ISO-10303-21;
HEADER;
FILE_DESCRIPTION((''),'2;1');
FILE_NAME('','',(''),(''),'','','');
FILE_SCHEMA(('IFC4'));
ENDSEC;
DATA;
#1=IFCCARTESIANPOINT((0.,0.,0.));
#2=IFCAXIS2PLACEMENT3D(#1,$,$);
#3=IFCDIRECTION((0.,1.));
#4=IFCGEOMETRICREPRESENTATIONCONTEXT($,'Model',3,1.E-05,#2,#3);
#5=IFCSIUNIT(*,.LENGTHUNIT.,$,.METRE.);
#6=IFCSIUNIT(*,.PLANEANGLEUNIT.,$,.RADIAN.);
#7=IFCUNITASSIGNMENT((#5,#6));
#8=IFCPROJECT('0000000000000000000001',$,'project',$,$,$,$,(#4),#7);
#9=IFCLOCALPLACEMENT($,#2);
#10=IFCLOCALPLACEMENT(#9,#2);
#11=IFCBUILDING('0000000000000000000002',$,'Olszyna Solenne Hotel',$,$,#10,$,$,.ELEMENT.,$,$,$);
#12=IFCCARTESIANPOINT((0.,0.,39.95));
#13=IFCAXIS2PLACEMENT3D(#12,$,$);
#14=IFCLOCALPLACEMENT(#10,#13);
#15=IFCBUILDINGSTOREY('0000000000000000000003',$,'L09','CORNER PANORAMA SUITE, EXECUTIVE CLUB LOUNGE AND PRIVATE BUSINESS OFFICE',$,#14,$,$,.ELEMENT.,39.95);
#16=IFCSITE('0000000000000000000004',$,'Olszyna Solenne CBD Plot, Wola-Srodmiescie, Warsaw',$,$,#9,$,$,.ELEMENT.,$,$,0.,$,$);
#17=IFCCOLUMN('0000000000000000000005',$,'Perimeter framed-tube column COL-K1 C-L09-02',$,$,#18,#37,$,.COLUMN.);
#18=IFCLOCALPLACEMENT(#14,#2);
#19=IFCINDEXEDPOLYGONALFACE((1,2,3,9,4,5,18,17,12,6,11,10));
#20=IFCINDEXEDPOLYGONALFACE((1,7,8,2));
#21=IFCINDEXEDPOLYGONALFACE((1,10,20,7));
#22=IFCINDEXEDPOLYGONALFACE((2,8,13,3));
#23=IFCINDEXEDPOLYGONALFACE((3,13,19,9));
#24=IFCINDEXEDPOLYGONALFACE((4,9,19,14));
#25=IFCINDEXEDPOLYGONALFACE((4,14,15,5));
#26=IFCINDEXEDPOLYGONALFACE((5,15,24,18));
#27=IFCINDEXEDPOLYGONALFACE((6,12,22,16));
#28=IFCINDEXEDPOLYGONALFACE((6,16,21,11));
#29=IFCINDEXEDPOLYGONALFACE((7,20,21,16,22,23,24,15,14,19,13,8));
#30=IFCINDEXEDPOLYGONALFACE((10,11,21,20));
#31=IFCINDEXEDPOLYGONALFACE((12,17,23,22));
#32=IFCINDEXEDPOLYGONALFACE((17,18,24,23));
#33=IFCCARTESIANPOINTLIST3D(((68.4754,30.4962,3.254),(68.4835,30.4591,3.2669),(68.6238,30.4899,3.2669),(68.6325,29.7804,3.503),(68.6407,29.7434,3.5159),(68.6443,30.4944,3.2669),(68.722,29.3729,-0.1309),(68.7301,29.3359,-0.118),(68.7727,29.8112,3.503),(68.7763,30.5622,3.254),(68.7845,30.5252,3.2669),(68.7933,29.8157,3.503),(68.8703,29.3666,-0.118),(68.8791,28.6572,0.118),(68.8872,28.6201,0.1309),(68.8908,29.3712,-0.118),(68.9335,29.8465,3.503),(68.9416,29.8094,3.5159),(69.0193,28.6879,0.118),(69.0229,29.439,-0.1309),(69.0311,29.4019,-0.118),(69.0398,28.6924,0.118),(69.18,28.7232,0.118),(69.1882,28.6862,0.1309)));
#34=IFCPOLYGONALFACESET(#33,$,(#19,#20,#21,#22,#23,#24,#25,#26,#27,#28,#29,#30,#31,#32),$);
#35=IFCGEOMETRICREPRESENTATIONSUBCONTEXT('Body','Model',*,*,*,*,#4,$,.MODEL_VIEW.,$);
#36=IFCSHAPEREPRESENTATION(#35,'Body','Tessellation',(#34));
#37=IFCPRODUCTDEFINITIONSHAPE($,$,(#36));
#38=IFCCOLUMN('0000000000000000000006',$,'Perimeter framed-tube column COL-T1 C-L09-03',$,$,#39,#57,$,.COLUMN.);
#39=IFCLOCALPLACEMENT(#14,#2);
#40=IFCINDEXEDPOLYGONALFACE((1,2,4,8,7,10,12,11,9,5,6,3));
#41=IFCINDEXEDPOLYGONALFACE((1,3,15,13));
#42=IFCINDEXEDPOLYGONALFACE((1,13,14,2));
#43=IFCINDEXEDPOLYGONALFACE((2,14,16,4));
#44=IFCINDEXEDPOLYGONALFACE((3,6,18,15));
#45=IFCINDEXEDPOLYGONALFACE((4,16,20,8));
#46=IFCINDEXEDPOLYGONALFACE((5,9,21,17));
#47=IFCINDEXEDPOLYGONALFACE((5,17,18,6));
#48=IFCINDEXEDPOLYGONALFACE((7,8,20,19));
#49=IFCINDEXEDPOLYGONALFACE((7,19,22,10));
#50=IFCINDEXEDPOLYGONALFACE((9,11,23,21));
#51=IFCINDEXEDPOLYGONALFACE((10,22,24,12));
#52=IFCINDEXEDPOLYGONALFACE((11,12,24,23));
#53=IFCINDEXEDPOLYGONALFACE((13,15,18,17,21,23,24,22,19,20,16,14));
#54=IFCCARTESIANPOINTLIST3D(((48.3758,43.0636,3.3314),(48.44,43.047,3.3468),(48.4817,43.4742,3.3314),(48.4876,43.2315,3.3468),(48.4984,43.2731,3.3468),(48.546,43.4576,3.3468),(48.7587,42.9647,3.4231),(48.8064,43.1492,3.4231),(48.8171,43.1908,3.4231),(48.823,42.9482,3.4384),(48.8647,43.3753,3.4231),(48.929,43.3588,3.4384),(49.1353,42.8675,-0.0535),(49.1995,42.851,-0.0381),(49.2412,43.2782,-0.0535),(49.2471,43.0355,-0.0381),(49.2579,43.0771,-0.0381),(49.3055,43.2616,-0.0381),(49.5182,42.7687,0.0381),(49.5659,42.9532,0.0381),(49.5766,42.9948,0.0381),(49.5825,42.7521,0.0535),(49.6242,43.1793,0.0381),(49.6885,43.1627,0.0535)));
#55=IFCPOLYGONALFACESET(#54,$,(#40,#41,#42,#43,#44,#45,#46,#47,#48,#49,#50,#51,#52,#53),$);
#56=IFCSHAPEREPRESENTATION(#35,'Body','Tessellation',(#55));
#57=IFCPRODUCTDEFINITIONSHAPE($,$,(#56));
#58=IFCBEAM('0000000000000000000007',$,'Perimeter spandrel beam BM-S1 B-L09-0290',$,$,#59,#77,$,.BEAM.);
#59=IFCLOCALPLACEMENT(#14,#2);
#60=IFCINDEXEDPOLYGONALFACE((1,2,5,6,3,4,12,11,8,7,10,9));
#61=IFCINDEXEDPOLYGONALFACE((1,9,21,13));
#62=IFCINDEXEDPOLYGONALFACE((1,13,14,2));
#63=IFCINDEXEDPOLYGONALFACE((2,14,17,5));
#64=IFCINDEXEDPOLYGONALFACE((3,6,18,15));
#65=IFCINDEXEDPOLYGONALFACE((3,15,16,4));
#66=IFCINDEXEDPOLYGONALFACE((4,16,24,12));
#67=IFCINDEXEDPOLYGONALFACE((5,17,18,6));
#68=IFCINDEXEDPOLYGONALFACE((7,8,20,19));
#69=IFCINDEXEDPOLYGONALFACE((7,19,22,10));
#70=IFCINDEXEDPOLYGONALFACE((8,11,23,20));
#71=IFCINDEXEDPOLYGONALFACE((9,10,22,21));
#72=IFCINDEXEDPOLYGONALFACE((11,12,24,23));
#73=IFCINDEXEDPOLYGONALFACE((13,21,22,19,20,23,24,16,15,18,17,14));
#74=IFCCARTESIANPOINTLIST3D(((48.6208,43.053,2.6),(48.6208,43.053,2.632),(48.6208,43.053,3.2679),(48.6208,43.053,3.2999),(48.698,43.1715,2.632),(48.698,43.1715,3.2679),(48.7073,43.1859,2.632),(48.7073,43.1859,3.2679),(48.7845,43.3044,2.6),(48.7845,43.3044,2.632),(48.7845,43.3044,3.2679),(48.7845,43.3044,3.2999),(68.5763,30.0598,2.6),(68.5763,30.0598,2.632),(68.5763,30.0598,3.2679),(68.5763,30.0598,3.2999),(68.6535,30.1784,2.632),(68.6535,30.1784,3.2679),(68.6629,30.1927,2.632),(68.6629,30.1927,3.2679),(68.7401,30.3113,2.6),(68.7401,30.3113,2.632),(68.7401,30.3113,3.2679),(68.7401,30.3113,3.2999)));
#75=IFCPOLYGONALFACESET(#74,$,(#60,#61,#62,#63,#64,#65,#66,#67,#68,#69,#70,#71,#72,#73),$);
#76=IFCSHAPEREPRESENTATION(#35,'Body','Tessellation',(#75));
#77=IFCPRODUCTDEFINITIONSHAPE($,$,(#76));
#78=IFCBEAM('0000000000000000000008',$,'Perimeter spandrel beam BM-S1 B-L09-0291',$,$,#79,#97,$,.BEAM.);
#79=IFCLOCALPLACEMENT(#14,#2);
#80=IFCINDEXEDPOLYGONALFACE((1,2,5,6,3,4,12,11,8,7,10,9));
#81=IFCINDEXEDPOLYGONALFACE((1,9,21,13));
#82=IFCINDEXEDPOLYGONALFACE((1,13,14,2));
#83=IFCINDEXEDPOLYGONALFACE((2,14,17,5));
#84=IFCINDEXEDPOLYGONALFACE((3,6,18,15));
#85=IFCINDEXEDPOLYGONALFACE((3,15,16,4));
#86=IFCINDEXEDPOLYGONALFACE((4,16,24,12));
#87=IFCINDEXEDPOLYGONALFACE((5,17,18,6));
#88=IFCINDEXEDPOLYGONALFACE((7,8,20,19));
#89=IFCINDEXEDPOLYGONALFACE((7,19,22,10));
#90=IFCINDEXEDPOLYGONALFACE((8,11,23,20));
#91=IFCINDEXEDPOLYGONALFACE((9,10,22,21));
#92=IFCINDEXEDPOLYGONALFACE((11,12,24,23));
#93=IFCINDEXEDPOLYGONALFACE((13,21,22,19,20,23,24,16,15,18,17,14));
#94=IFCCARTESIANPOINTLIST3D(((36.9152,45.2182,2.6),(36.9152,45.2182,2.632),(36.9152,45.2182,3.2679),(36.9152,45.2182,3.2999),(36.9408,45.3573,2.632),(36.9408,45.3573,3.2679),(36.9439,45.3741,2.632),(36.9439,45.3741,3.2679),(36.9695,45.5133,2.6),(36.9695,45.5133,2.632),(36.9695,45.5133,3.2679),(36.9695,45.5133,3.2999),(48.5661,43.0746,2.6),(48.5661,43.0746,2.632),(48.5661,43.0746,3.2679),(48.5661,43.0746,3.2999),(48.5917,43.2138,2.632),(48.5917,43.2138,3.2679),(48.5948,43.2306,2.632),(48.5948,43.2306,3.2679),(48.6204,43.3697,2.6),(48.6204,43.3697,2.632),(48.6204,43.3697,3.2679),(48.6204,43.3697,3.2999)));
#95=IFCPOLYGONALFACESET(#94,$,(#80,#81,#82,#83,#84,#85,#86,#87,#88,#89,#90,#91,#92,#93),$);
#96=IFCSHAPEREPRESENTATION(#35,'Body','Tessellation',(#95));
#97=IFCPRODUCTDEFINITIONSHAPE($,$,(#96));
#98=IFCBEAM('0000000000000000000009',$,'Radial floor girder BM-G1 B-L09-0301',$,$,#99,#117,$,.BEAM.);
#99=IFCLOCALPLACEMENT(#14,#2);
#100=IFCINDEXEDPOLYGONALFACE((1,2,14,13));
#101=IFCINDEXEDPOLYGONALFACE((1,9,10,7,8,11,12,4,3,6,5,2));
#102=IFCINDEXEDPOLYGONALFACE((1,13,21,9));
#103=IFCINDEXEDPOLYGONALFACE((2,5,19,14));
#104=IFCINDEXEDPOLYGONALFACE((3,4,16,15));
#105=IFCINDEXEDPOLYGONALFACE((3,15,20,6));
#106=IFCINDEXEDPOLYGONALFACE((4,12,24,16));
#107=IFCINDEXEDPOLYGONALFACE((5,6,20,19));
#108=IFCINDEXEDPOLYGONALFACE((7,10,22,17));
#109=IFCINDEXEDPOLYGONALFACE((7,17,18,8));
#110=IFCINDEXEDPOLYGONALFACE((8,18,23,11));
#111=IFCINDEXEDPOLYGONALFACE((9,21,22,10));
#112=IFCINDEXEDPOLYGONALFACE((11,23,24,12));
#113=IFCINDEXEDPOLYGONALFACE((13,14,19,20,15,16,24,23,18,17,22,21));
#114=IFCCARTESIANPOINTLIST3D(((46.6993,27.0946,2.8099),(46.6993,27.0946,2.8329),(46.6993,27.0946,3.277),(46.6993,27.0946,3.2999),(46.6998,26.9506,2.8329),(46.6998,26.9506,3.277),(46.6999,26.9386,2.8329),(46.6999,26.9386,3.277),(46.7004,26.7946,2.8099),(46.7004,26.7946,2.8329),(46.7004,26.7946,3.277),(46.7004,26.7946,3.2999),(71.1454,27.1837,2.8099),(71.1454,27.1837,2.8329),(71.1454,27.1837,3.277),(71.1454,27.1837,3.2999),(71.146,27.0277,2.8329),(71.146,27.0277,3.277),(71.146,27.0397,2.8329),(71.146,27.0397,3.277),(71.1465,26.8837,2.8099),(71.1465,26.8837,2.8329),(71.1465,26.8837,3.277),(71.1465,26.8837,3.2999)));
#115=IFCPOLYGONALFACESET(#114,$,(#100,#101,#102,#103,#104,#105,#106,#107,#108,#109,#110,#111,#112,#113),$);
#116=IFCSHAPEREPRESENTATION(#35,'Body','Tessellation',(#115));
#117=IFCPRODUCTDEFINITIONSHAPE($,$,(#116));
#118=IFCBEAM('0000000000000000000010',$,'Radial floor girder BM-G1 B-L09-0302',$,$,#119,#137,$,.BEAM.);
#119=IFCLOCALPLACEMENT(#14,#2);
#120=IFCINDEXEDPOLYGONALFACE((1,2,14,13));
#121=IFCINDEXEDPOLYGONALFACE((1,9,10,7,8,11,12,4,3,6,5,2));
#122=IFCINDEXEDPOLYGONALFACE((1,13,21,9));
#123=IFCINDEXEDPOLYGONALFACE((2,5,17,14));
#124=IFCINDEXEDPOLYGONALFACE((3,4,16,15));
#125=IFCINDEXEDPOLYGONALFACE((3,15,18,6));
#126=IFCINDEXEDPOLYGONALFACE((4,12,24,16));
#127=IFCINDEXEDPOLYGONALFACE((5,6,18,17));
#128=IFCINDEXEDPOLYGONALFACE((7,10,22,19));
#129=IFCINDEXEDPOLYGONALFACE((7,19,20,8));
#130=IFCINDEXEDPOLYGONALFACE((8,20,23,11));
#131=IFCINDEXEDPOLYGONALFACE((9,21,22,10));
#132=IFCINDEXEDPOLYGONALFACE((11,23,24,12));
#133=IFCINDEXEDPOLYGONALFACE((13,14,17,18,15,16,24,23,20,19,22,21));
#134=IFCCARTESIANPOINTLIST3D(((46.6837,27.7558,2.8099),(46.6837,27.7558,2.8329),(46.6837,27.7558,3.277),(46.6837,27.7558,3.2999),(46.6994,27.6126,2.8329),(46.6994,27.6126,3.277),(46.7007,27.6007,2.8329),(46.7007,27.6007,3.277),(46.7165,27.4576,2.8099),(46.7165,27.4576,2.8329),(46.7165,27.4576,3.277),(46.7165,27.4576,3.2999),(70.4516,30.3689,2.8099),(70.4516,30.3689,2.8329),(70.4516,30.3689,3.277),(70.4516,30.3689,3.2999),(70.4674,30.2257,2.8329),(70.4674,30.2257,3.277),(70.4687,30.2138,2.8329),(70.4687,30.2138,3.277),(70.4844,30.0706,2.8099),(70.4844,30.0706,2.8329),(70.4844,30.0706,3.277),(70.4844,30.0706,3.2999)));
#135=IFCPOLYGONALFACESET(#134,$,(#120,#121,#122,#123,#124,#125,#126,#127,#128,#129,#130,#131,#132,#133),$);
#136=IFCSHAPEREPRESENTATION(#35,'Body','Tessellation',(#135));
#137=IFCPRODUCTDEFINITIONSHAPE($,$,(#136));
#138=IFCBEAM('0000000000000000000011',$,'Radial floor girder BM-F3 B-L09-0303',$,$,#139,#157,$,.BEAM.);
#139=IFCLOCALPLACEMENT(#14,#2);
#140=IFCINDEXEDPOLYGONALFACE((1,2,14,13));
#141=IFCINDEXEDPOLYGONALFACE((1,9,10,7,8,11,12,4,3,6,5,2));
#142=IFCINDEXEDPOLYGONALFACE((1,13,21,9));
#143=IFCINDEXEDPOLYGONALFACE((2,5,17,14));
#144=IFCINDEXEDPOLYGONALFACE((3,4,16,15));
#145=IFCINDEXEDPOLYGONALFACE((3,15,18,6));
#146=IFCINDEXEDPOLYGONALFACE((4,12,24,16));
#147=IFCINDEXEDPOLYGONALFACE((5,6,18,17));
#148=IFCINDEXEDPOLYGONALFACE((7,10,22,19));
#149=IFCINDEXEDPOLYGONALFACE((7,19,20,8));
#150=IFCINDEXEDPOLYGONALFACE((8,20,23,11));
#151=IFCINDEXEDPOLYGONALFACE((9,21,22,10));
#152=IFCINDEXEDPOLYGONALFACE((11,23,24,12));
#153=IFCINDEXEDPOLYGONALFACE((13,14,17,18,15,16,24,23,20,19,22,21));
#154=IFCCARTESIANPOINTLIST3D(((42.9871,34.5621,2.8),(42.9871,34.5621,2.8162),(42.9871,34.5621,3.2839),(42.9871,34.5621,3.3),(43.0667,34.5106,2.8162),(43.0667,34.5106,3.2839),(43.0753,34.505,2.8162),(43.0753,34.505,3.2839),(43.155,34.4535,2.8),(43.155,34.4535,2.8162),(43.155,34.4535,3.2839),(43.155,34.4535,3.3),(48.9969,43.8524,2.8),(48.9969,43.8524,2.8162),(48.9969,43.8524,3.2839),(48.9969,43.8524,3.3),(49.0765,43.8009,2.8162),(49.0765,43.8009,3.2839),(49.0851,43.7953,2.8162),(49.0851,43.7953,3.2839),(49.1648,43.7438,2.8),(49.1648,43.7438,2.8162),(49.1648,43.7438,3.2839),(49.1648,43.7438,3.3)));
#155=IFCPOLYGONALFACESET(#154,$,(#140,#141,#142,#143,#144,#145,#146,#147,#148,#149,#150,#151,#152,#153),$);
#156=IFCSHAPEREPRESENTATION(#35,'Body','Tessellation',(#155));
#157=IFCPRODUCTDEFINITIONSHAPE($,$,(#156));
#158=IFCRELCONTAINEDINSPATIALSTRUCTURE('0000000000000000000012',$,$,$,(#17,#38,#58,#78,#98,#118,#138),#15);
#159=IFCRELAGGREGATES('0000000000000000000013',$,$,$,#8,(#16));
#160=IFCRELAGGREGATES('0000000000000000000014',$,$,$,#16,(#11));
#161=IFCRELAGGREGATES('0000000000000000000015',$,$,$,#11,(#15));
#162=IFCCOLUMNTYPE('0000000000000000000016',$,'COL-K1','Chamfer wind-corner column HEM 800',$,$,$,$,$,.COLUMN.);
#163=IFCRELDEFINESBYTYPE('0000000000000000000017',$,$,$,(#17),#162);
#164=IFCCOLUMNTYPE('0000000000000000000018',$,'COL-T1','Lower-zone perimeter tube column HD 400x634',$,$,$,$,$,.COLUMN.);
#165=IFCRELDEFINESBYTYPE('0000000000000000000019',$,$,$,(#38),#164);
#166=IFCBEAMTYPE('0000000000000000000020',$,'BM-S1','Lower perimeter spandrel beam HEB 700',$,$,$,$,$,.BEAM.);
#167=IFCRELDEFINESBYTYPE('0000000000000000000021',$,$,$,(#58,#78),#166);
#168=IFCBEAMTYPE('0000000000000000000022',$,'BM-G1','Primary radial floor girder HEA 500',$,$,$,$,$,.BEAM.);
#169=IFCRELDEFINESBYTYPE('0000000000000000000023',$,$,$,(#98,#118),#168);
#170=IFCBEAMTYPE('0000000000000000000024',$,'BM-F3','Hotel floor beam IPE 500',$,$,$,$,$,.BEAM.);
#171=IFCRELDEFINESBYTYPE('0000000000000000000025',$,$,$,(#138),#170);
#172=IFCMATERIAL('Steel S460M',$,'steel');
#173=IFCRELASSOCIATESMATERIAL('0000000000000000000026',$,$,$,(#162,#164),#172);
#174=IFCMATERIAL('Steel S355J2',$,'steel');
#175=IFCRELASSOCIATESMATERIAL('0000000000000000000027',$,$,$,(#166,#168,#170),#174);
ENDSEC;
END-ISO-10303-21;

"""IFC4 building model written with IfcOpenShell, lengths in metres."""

from ifc_helpers import new_model, si_unit, direction, frame, origin, origin_2d, place, context, subcontext, project, spatial, i_section, extrude, source, transform, mapped, material, material_profile, profile_set, type_object, element, save


model = new_model("IFC4")

# Units and contexts
model_context = context("Model", 3, precision=1e-05, world=origin(), true_north=direction((0.0, 1.0)))
body_context = subcontext(model_context, "Body", "Model", "MODEL_VIEW")
ifc_project = project(units=[si_unit("LENGTHUNIT", "METRE"), si_unit("PLANEANGLEUNIT", "RADIAN")], contexts=[model_context])

# Site, building, storey
site_placement = place(None, origin())
site = spatial("IfcSite", under=ifc_project, at=site_placement, Name="Olszyna Solenne CBD Plot, Wola-Srodmiescie, Warsaw", CompositionType="ELEMENT", RefElevation=0.0)
building_placement = place(site_placement, origin())
building = spatial("IfcBuilding", under=site, at=building_placement, Name="Olszyna Solenne Hotel", CompositionType="ELEMENT")
storey_placement = place(building_placement, frame((0.0, 0.0, 39.95)))
storey = spatial("IfcBuildingStorey", under=building, at=storey_placement, Name="L09", Description="CORNER PANORAMA SUITE, EXECUTIVE CLUB LOUNGE AND PRIVATE BUSINESS OFFICE", CompositionType="ELEMENT", Elevation=39.95)

# Columns
ifc_material_1 = material(Name="Steel S460M", Category="steel")
ifc_material_profile_1 = material_profile(ifc_material_1, i_section(OverallWidth=0.3081, OverallDepth=0.814, WebThickness=0.021, FlangeThickness=0.04, at=origin_2d()), Name="HEM 800", Category="load-bearing")
ifc_profile_set_1 = profile_set([ifc_material_profile_1], Name="Steel S460M")
column_type_1 = type_object("IfcColumnType", Name="COL-K1", Description="Chamfer wind-corner column HEM 800", PredefinedType="COLUMN", material=ifc_profile_set_1)
shared_shape_1 = source(origin(), body_context, "Body", "SweptSolid", [
    extrude(i_section(OverallWidth=0.3081, OverallDepth=0.814, WebThickness=0.021, FlangeThickness=0.04, at=origin_2d()), origin(), (0.0, 0.0, 1.0), 3.575),
])
column_1_placement = place(storey_placement, frame((68.9551, 29.0295, 0.0), z_axis=(-0.068973, 0.314204, 0.946847), x_axis=(-0.976743, -0.214412, 0.0)))
element("IfcColumn", 1, at=column_1_placement, inside=storey, type_object=column_type_1, Name="Perimeter framed-tube column COL-K1 C-L09-02", PredefinedType="COLUMN", context=body_context, shape_type="MappedRepresentation", body=[
    mapped(shared_shape_1, transform((0.0, 0.0, 0.0), x_axis=(1.0, 0.0, 0.0), y_axis=(0.0, 1.0, 0.0), z_axis=(0.0, 0.0, 1.0), scale=1.0)),
])
ifc_material_profile_2 = material_profile(ifc_material_1, i_section(OverallWidth=0.4241, OverallDepth=0.4741, WebThickness=0.043, FlangeThickness=0.0681, at=origin_2d()), Name="HD 400x634", Category="load-bearing")
ifc_profile_set_2 = profile_set([ifc_material_profile_2], Name="Steel S460M")
column_type_2 = type_object("IfcColumnType", Name="COL-T1", Description="Lower-zone perimeter tube column HD 400x634", PredefinedType="COLUMN", material=ifc_profile_set_2)
shared_shape_2 = source(origin(), body_context, "Body", "SweptSolid", [
    extrude(i_section(OverallWidth=0.4241, OverallDepth=0.4741, WebThickness=0.043, FlangeThickness=0.0681, at=origin_2d()), origin(), (0.0, 0.0, 1.0), 3.4746),
])
column_2_placement = place(storey_placement, frame((49.4119, 43.0151, 0.0), z_axis=(-0.218586, 0.056421, 0.974185), x_axis=(-0.249925, -0.968265, 0.0)))
element("IfcColumn", 2, at=column_2_placement, inside=storey, type_object=column_type_2, Name="Perimeter framed-tube column COL-T1 C-L09-03", PredefinedType="COLUMN", context=body_context, shape_type="MappedRepresentation", body=[
    mapped(shared_shape_2, transform((0.0, 0.0, 0.0), x_axis=(1.0, 0.0, 0.0), y_axis=(0.0, 1.0, 0.0), z_axis=(0.0, 0.0, 1.0), scale=1.0)),
])

# Beams
ifc_material_2 = material(Name="Steel S355J2", Category="steel")
ifc_material_profile_3 = material_profile(ifc_material_2, i_section(OverallWidth=0.3, OverallDepth=0.7, WebThickness=0.0171, FlangeThickness=0.032, at=origin_2d()), Name="HEB 700", Category="load-bearing")
ifc_profile_set_3 = profile_set([ifc_material_profile_3], Name="Steel S355J2")
beam_type_1 = type_object("IfcBeamType", Name="BM-S1", Description="Lower perimeter spandrel beam HEB 700", PredefinedType="BEAM", material=ifc_profile_set_3)
shared_shape_3 = source(origin(), body_context, "Body", "SweptSolid", [
    extrude(i_section(OverallWidth=0.3, OverallDepth=0.7, WebThickness=0.0171, FlangeThickness=0.032, at=origin_2d()), origin(), (0.0, 0.0, 1.0), 23.8127),
])
beam_1_placement = place(storey_placement, frame((68.6582, 30.1855, 2.95), z_axis=(-0.83802, 0.545639, 0.0), x_axis=(-0.545639, -0.83802, 0.0)))
element("IfcBeam", 3, at=beam_1_placement, inside=storey, type_object=beam_type_1, Name="Perimeter spandrel beam BM-S1 B-L09-0290", PredefinedType="BEAM", context=body_context, shape_type="MappedRepresentation", body=[
    mapped(shared_shape_3, transform((0.0, 0.0, 0.0), x_axis=(1.0, 0.0, 0.0), y_axis=(0.0, 1.0, 0.0), z_axis=(0.0, 0.0, 1.0), scale=1.0)),
])
shared_shape_4 = source(origin(), body_context, "Body", "SweptSolid", [
    extrude(i_section(OverallWidth=0.3, OverallDepth=0.7, WebThickness=0.0171, FlangeThickness=0.032, at=origin_2d()), origin(), (0.0, 0.0, 1.0), 11.8464),
])
beam_2_placement = place(storey_placement, frame((48.5933, 43.2222, 2.95), z_axis=(-0.983493, 0.180945, 0.0), x_axis=(-0.180945, -0.983493, 0.0)))
element("IfcBeam", 4, at=beam_2_placement, inside=storey, type_object=beam_type_1, Name="Perimeter spandrel beam BM-S1 B-L09-0291", PredefinedType="BEAM", context=body_context, shape_type="MappedRepresentation", body=[
    mapped(shared_shape_4, transform((0.0, 0.0, 0.0), x_axis=(1.0, 0.0, 0.0), y_axis=(0.0, 1.0, 0.0), z_axis=(0.0, 0.0, 1.0), scale=1.0)),
])
ifc_material_profile_4 = material_profile(ifc_material_2, i_section(OverallWidth=0.3, OverallDepth=0.49, WebThickness=0.012, FlangeThickness=0.0229, at=origin_2d()), Name="HEA 500", Category="load-bearing")
ifc_profile_set_4 = profile_set([ifc_material_profile_4], Name="Steel S355J2")
beam_type_2 = type_object("IfcBeamType", Name="BM-G1", Description="Primary radial floor girder HEA 500", PredefinedType="BEAM", material=ifc_profile_set_4)
shared_shape_5 = source(origin(), body_context, "Body", "SweptSolid", [
    extrude(i_section(OverallWidth=0.3, OverallDepth=0.49, WebThickness=0.012, FlangeThickness=0.0229, at=origin_2d()), origin(), (0.0, 0.0, 1.0), 24.4463),
])
beam_3_placement = place(storey_placement, frame((71.146, 27.0337, 3.0549), z_axis=(-0.999993, -0.003645, 0.0), x_axis=(0.003645, -0.999993, 0.0)))
element("IfcBeam", 5, at=beam_3_placement, inside=storey, type_object=beam_type_2, Name="Radial floor girder BM-G1 B-L09-0301", PredefinedType="BEAM", context=body_context, shape_type="MappedRepresentation", body=[
    mapped(shared_shape_5, transform((0.0, 0.0, 0.0), x_axis=(1.0, 0.0, 0.0), y_axis=(0.0, 1.0, 0.0), z_axis=(0.0, 0.0, 1.0), scale=1.0)),
])
shared_shape_6 = source(origin(), body_context, "Body", "SweptSolid", [
    extrude(i_section(OverallWidth=0.3, OverallDepth=0.49, WebThickness=0.012, FlangeThickness=0.0229, at=origin_2d()), origin(), (0.0, 0.0, 1.0), 23.9111),
])
beam_4_placement = place(storey_placement, frame((70.468, 30.2197, 3.0549), z_axis=(-0.994011, -0.109282, 0.0), x_axis=(0.109282, -0.994011, 0.0)))
element("IfcBeam", 6, at=beam_4_placement, inside=storey, type_object=beam_type_2, Name="Radial floor girder BM-G1 B-L09-0302", PredefinedType="BEAM", context=body_context, shape_type="MappedRepresentation", body=[
    mapped(shared_shape_6, transform((0.0, 0.0, 0.0), x_axis=(1.0, 0.0, 0.0), y_axis=(0.0, 1.0, 0.0), z_axis=(0.0, 0.0, 1.0), scale=1.0)),
])
ifc_material_profile_5 = material_profile(ifc_material_2, i_section(OverallWidth=0.2, OverallDepth=0.5, WebThickness=0.0103, FlangeThickness=0.0161, at=origin_2d()), Name="IPE 500", Category="load-bearing")
ifc_profile_set_5 = profile_set([ifc_material_profile_5], Name="Steel S355J2")
beam_type_3 = type_object("IfcBeamType", Name="BM-F3", Description="Hotel floor beam IPE 500", PredefinedType="BEAM", material=ifc_profile_set_5)
shared_shape_7 = source(origin(), body_context, "Body", "SweptSolid", [
    extrude(i_section(OverallWidth=0.2, OverallDepth=0.5, WebThickness=0.0103, FlangeThickness=0.0161, at=origin_2d()), origin(), (0.0, 0.0, 1.0), 11.0647),
])
beam_5_placement = place(storey_placement, frame((49.0808, 43.7981, 3.05), z_axis=(-0.54315, -0.839636, 0.0), x_axis=(0.839636, -0.54315, 0.0)))
element("IfcBeam", 7, at=beam_5_placement, inside=storey, type_object=beam_type_3, Name="Radial floor girder BM-F3 B-L09-0303", PredefinedType="BEAM", context=body_context, shape_type="MappedRepresentation", body=[
    mapped(shared_shape_7, transform((0.0, 0.0, 0.0), x_axis=(1.0, 0.0, 0.0), y_axis=(0.0, 1.0, 0.0), z_axis=(0.0, 0.0, 1.0), scale=1.0)),
])

save(model, "model.ifc")
